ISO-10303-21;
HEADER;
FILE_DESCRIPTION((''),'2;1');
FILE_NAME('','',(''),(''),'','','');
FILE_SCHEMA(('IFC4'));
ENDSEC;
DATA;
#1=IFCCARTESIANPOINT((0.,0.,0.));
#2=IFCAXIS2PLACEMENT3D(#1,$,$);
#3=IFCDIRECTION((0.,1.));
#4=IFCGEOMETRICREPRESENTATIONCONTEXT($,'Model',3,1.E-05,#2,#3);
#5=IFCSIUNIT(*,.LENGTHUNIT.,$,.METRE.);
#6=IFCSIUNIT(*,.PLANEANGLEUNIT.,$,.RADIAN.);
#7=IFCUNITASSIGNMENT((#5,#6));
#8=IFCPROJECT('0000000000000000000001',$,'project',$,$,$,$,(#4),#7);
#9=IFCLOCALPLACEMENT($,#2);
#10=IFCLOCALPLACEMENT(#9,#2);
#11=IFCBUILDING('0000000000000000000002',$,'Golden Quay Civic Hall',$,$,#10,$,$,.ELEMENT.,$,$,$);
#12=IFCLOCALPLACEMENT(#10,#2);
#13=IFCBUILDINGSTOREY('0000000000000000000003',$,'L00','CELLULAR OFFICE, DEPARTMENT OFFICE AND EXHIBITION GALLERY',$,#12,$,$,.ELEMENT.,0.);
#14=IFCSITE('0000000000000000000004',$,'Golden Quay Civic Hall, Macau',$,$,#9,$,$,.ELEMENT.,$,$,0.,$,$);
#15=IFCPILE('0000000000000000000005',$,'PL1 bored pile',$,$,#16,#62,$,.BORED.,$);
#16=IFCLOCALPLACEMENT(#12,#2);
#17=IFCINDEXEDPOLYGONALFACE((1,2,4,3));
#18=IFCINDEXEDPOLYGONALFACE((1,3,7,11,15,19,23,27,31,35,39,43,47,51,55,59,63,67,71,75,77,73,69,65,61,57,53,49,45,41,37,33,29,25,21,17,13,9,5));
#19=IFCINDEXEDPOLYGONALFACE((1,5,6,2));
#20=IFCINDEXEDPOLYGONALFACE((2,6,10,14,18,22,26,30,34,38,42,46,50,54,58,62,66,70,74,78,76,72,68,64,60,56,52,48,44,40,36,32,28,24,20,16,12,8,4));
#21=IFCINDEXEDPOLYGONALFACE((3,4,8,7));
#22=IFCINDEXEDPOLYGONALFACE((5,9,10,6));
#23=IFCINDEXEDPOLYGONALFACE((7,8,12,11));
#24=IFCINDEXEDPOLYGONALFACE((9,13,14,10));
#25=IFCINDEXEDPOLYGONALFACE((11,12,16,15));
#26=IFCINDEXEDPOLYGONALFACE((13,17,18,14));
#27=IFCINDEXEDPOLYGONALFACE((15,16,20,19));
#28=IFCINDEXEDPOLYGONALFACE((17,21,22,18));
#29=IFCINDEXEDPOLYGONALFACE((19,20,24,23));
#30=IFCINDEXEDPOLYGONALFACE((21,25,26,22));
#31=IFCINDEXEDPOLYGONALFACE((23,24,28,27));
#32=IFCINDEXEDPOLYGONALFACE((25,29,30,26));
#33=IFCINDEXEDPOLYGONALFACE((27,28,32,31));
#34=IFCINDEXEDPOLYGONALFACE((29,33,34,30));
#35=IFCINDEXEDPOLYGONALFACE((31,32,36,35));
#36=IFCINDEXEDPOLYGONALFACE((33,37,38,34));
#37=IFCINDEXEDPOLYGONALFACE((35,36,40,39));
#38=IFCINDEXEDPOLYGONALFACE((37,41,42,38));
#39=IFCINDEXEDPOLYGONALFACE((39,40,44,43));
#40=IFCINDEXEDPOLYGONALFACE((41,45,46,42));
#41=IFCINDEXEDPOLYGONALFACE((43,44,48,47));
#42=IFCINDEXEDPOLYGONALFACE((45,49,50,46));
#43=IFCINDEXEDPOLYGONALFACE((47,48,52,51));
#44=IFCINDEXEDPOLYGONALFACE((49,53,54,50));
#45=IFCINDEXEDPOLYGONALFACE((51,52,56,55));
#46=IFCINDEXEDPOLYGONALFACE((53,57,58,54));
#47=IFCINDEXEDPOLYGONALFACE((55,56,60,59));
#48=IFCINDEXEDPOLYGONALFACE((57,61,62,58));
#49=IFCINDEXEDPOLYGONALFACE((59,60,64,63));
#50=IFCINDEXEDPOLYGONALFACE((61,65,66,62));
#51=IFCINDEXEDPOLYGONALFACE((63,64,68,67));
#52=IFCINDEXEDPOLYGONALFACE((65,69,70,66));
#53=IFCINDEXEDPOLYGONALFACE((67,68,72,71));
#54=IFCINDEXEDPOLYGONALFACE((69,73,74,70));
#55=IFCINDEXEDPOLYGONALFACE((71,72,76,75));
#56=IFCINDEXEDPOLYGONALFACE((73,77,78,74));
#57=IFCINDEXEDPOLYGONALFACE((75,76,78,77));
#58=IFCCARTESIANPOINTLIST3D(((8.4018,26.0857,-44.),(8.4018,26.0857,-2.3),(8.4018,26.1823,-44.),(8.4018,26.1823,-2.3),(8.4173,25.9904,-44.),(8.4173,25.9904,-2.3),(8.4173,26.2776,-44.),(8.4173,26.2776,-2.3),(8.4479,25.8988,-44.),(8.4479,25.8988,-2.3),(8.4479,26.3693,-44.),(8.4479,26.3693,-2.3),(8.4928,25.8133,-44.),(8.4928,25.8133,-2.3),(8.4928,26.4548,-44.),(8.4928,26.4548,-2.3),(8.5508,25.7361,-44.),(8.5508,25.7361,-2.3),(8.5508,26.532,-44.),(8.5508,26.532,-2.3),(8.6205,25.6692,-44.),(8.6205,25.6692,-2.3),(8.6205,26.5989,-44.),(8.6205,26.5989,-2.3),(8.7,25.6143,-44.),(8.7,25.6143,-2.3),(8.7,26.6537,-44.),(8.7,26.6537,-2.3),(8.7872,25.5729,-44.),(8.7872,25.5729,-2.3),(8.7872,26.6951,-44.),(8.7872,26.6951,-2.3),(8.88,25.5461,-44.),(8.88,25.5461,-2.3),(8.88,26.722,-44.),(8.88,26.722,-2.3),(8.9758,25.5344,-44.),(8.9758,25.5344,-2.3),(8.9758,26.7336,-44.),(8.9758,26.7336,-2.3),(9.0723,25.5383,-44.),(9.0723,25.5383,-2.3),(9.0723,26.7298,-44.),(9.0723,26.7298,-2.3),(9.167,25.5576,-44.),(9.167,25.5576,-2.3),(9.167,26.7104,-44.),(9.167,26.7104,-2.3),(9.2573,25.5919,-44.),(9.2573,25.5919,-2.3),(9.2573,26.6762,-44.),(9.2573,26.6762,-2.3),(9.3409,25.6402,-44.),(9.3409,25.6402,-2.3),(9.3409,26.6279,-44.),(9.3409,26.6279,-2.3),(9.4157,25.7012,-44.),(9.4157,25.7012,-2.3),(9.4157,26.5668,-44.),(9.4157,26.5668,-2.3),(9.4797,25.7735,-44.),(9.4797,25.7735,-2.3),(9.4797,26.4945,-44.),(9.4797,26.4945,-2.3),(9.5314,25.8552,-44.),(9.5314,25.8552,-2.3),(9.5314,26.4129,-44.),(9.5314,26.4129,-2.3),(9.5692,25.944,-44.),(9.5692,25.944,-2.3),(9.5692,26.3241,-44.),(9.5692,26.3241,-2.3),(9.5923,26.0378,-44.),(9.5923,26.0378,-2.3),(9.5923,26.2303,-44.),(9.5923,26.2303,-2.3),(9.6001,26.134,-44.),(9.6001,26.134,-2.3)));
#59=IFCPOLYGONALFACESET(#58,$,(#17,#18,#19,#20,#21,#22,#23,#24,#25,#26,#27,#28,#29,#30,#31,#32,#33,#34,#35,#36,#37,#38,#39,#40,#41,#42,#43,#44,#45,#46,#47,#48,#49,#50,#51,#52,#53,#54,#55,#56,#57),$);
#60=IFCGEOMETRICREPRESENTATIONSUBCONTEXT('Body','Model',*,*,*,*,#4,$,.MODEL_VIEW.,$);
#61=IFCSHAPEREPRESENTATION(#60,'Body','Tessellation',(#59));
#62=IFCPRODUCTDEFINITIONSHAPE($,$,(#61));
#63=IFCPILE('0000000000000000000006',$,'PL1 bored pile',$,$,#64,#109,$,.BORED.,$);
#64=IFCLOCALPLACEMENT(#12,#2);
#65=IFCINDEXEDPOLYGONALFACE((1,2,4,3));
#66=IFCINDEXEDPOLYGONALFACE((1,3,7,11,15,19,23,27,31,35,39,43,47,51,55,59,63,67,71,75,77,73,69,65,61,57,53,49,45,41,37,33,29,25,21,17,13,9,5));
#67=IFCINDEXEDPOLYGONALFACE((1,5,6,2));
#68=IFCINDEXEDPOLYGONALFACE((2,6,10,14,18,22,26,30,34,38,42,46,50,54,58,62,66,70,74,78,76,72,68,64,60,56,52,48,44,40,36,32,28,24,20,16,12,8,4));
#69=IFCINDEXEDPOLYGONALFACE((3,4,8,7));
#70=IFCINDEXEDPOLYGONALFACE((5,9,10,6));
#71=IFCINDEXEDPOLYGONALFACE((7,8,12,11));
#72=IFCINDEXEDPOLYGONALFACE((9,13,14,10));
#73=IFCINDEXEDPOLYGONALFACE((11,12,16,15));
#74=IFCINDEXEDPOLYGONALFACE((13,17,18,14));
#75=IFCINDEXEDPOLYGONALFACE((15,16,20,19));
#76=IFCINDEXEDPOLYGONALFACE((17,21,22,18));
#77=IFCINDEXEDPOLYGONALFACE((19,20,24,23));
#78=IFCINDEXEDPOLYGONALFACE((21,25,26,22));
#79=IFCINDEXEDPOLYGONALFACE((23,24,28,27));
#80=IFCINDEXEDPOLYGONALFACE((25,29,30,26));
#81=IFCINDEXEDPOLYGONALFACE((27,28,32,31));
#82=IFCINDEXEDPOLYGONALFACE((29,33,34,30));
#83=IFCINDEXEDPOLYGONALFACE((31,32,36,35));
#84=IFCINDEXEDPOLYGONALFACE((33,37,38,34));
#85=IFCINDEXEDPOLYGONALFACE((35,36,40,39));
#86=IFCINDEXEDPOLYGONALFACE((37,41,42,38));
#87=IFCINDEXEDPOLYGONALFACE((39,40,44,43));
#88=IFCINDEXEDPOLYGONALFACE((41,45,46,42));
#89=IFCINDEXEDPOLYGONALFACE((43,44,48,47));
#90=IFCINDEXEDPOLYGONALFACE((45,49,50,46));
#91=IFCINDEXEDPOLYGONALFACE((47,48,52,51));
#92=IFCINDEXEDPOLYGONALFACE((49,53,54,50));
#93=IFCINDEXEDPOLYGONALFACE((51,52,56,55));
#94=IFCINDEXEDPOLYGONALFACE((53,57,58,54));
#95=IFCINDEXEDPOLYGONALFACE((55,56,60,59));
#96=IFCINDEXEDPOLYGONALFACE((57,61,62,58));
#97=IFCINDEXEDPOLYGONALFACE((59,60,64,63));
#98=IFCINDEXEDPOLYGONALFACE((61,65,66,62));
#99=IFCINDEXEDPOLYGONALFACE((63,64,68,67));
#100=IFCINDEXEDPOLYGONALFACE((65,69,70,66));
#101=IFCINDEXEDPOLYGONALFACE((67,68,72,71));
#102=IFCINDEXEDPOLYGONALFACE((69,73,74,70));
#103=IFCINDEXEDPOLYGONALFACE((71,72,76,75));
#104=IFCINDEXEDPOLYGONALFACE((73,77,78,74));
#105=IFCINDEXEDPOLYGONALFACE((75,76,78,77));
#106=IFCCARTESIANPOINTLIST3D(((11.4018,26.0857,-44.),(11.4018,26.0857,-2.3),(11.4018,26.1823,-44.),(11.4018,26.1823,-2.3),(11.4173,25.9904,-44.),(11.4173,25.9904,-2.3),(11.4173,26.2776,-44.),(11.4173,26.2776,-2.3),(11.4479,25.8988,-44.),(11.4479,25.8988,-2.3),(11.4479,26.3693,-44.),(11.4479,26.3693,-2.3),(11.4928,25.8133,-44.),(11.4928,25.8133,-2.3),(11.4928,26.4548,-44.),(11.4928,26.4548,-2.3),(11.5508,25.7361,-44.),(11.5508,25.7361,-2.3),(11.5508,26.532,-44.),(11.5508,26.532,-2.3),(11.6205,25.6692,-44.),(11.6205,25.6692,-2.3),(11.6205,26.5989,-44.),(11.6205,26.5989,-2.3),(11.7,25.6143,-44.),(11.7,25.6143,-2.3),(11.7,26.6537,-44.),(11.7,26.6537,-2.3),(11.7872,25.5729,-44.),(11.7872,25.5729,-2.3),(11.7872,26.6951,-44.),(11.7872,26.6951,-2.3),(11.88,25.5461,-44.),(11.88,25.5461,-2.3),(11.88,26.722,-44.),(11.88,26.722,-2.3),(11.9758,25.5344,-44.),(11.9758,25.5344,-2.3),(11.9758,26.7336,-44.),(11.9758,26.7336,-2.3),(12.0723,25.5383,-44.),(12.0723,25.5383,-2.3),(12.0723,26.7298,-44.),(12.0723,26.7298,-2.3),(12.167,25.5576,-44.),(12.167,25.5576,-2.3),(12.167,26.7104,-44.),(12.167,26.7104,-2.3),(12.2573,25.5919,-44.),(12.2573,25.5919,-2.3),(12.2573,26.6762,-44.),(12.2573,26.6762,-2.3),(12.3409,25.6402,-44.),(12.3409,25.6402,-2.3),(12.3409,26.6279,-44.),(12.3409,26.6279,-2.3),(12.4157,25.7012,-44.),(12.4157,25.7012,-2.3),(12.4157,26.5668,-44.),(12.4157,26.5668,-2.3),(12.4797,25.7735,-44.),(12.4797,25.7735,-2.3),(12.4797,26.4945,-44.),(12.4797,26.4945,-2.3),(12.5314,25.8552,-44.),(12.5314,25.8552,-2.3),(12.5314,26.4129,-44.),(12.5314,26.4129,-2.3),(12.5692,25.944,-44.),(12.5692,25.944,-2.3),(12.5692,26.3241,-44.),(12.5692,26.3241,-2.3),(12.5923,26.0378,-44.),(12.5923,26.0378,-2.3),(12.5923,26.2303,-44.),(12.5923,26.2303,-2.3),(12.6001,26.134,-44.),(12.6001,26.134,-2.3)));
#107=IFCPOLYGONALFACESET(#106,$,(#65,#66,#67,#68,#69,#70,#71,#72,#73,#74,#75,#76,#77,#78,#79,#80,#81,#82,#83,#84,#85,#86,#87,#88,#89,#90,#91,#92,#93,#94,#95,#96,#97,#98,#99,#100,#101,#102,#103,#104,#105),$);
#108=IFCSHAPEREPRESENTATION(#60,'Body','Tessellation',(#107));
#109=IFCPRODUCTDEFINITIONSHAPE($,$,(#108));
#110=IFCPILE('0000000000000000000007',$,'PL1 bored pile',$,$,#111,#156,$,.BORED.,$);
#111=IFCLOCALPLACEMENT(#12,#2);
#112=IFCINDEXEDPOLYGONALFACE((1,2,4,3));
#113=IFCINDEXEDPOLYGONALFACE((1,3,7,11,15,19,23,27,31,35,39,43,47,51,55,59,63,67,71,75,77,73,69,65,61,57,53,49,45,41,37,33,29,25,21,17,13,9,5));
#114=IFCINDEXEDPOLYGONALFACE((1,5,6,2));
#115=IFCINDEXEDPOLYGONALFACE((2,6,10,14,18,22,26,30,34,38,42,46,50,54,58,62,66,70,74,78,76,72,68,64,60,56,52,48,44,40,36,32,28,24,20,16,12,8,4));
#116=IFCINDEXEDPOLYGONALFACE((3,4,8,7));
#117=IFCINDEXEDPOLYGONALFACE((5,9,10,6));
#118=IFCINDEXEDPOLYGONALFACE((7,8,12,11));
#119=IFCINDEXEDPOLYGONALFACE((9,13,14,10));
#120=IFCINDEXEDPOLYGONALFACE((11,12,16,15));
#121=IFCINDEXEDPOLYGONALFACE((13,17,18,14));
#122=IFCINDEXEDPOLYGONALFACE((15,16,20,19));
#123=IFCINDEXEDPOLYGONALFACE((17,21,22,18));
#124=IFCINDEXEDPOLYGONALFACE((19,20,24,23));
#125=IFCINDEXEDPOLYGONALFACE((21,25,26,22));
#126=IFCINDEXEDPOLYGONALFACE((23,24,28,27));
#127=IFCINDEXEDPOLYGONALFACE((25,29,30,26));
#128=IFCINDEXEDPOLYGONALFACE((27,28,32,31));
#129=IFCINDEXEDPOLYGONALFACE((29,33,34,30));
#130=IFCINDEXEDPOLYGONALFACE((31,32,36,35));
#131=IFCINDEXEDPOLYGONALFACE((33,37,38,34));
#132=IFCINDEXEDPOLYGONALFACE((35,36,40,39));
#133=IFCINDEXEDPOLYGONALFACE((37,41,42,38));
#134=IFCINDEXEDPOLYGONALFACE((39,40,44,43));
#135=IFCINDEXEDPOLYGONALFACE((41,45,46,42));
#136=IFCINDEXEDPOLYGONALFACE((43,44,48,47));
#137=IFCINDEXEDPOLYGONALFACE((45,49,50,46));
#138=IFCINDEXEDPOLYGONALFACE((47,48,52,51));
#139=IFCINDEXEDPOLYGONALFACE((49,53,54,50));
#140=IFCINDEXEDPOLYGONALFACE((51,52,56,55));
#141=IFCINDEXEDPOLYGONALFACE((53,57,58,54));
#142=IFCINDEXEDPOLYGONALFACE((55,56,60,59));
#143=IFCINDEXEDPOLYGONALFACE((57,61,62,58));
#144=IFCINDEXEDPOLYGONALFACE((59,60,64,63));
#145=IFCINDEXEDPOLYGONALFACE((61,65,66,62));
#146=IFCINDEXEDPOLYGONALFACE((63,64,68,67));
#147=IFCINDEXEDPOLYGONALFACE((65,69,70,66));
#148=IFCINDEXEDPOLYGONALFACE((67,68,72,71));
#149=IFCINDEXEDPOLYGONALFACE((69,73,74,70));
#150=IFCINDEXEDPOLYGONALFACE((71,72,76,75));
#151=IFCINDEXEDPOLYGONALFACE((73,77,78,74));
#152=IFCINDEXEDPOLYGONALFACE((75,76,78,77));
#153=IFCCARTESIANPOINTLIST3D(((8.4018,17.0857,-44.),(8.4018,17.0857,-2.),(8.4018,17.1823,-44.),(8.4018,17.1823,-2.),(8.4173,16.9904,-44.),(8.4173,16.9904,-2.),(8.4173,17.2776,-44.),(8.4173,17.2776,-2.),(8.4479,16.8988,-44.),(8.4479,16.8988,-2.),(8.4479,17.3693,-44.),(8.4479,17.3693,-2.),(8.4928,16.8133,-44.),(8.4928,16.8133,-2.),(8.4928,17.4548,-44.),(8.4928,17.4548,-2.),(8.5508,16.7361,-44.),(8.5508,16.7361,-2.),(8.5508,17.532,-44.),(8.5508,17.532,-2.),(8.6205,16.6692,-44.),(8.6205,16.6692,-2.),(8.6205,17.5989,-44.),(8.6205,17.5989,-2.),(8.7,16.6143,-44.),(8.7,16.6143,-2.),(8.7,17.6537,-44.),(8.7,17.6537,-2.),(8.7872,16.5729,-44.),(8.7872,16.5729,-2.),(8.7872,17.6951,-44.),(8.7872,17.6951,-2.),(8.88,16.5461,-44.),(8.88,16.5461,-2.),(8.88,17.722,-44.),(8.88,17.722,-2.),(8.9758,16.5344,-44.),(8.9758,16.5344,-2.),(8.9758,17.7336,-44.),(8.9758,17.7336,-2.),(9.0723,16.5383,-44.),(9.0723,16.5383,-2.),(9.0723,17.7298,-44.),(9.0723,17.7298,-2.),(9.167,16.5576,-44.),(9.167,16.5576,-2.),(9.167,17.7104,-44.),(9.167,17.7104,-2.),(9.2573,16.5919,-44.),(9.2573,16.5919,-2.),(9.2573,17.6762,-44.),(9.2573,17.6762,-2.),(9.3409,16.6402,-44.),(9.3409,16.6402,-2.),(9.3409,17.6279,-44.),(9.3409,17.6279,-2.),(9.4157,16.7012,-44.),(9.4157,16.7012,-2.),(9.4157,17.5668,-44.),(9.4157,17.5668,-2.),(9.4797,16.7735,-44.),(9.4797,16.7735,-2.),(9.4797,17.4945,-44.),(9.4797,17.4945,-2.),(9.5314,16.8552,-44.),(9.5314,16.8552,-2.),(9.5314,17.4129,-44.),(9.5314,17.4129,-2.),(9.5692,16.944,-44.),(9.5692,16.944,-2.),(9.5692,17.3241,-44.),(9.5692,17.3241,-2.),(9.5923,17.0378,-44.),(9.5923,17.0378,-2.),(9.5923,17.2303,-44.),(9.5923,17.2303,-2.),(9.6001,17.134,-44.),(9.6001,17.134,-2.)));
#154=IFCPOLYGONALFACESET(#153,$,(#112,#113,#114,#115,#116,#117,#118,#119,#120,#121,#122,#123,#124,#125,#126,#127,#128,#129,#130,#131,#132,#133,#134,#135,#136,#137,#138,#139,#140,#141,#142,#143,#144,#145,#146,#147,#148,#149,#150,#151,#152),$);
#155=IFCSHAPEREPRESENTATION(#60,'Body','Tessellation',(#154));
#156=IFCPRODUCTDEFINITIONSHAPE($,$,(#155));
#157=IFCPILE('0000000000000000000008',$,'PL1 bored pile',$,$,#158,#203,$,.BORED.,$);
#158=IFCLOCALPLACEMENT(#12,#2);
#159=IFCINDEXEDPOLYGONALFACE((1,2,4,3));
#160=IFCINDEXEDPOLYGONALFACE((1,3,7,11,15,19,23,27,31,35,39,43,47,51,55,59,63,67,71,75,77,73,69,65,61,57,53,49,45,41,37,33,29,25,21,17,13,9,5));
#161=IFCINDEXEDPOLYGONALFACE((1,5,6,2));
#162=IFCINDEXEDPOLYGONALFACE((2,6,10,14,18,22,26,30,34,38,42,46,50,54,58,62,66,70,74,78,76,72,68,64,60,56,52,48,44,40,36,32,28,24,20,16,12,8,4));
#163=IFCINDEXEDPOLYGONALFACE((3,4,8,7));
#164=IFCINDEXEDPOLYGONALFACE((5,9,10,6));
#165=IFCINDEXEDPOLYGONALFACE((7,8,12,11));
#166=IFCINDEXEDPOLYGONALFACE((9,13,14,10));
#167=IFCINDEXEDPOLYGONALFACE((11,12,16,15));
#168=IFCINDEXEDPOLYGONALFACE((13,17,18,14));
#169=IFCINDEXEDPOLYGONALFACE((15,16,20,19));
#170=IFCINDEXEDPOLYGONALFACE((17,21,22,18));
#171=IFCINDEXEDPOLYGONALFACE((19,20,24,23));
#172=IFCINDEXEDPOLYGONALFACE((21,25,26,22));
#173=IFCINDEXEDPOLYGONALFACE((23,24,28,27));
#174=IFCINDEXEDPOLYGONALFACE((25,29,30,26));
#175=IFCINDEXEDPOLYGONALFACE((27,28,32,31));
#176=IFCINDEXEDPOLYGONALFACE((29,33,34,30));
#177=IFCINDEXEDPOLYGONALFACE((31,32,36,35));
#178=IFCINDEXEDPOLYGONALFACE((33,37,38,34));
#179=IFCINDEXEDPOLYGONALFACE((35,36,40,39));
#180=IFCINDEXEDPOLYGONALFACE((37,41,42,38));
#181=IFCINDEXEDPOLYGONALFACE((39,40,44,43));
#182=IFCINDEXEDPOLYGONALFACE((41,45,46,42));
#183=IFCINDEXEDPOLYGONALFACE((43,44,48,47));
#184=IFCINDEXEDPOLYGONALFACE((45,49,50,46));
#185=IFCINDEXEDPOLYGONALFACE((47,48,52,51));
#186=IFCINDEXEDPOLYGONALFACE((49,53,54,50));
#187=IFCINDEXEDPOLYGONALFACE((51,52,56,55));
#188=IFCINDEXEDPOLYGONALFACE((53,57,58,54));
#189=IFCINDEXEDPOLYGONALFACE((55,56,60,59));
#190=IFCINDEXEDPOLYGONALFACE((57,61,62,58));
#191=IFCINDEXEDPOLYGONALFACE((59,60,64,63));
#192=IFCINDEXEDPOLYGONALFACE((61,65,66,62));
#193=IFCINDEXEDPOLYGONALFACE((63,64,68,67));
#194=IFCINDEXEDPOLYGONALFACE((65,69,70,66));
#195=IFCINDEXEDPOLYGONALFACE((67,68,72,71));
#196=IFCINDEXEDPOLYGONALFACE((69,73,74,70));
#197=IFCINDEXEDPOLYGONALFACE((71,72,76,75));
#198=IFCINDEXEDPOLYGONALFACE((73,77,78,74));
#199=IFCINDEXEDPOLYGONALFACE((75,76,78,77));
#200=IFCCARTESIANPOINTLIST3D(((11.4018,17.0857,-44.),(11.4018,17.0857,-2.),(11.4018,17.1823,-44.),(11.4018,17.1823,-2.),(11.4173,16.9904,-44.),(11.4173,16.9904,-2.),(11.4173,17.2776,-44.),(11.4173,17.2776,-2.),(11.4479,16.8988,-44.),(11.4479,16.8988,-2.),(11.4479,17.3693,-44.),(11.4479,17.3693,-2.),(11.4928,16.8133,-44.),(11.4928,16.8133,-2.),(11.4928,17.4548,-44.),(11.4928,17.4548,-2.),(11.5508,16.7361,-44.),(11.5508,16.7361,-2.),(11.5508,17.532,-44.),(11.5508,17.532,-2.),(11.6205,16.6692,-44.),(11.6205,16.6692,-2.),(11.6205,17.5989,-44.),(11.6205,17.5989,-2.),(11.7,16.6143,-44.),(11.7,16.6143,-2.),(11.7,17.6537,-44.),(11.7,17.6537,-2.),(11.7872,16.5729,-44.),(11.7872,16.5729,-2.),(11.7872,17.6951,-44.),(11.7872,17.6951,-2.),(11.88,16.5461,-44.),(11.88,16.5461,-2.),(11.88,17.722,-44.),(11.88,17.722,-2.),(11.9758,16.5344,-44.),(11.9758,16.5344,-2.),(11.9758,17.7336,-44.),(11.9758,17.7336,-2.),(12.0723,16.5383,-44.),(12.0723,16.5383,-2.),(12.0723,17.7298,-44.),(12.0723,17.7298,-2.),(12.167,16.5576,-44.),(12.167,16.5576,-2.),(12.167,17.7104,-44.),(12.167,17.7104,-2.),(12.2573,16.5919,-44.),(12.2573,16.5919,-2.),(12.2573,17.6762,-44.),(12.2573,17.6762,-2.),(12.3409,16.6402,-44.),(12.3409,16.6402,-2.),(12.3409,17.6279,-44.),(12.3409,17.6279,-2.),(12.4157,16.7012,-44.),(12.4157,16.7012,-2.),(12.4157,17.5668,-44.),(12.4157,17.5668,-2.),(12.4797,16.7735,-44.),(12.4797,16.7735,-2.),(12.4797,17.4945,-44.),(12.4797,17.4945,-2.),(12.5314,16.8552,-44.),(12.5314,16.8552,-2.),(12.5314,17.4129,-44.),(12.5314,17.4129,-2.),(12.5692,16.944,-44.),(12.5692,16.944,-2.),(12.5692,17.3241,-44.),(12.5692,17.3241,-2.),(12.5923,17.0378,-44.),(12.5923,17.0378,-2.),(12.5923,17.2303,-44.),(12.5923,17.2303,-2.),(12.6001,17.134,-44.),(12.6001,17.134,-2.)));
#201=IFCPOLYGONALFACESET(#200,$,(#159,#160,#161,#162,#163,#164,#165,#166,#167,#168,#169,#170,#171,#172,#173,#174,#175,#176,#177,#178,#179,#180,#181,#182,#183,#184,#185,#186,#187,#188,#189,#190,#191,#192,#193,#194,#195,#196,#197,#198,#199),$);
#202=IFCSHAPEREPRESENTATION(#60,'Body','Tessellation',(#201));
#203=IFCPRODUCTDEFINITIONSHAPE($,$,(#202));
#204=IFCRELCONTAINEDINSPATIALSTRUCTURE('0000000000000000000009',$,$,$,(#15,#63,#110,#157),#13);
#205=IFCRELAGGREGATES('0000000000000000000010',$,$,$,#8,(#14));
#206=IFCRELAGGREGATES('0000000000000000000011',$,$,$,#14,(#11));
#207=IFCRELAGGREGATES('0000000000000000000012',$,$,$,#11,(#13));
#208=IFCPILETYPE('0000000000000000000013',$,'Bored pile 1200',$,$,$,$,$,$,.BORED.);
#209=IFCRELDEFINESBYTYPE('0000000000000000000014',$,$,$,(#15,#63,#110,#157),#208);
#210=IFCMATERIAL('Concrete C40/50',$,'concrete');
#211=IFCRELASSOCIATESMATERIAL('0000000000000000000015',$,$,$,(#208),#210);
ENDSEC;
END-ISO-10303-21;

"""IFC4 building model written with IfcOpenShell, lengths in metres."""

from ifc_helpers import new_model, si_unit, direction, frame, origin, origin_2d, place, context, subcontext, project, spatial, circle, extrude, material, material_profile, profile_set, type_object, element, save


model = new_model("IFC4")

# Units and contexts
model_context = context("Model", 3, precision=1e-05, world=origin(), true_north=direction((0.0, 1.0)))
body_context = subcontext(model_context, "Body", "Model", "MODEL_VIEW")
ifc_project = project(units=[si_unit("LENGTHUNIT", "METRE"), si_unit("PLANEANGLEUNIT", "RADIAN")], contexts=[model_context])

# Site, building, storey
site_placement = place(None, origin())
site = spatial("IfcSite", under=ifc_project, at=site_placement, Name="Golden Quay Civic Hall, Macau", CompositionType="ELEMENT", RefElevation=0.0)
building_placement = place(site_placement, origin())
building = spatial("IfcBuilding", under=site, at=building_placement, Name="Golden Quay Civic Hall", CompositionType="ELEMENT")
storey_placement = place(building_placement, origin())
storey = spatial("IfcBuildingStorey", under=building, at=storey_placement, Name="L00", Description="CELLULAR OFFICE, DEPARTMENT OFFICE AND EXHIBITION GALLERY", CompositionType="ELEMENT", Elevation=0.0)

# Piles
ifc_material_1 = material(Name="Concrete C40/50", Category="concrete")
ifc_material_profile_1 = material_profile(ifc_material_1, circle(Radius=0.6001, at=origin_2d()), Name="RC D1200")
ifc_profile_set_1 = profile_set([ifc_material_profile_1], Name="Concrete C40/50")
pile_type_1 = type_object("IfcPileType", Name="Bored pile 1200", PredefinedType="BORED", material=ifc_profile_set_1)
for number, where, z_axis, x_axis, name in (
    (1, (9.0, 26.134, -2.3), (0.0, 0.0, -1.0), (1.0, 0.0, 0.0), "PL1 bored pile"),
    (2, (12.0, 26.134, -2.3), (0.0, 0.0, -1.0), (1.0, 0.0, 0.0), "PL1 bored pile"),
):
    element("IfcPile", number, at=place(storey_placement, frame(where, z_axis=z_axis, x_axis=x_axis)), inside=storey, type_object=pile_type_1, Name=name, PredefinedType="BORED", context=body_context, shape_type="SweptSolid", body=[
        extrude(circle(Radius=0.6001, at=origin_2d()), origin(), (0.0, 0.0, 1.0), 41.7),
    ])
for number, where, z_axis, x_axis, name in (
    (3, (9.0, 17.134, -2.0), (0.0, 0.0, -1.0), (1.0, 0.0, 0.0), "PL1 bored pile"),
    (4, (12.0, 17.134, -2.0), (0.0, 0.0, -1.0), (1.0, 0.0, 0.0), "PL1 bored pile"),
):
    element("IfcPile", number, at=place(storey_placement, frame(where, z_axis=z_axis, x_axis=x_axis)), inside=storey, type_object=pile_type_1, Name=name, PredefinedType="BORED", context=body_context, shape_type="SweptSolid", body=[
        extrude(circle(Radius=0.6001, at=origin_2d()), origin(), (0.0, 0.0, 1.0), 42.0),
    ])

save(model, "model.ifc")
